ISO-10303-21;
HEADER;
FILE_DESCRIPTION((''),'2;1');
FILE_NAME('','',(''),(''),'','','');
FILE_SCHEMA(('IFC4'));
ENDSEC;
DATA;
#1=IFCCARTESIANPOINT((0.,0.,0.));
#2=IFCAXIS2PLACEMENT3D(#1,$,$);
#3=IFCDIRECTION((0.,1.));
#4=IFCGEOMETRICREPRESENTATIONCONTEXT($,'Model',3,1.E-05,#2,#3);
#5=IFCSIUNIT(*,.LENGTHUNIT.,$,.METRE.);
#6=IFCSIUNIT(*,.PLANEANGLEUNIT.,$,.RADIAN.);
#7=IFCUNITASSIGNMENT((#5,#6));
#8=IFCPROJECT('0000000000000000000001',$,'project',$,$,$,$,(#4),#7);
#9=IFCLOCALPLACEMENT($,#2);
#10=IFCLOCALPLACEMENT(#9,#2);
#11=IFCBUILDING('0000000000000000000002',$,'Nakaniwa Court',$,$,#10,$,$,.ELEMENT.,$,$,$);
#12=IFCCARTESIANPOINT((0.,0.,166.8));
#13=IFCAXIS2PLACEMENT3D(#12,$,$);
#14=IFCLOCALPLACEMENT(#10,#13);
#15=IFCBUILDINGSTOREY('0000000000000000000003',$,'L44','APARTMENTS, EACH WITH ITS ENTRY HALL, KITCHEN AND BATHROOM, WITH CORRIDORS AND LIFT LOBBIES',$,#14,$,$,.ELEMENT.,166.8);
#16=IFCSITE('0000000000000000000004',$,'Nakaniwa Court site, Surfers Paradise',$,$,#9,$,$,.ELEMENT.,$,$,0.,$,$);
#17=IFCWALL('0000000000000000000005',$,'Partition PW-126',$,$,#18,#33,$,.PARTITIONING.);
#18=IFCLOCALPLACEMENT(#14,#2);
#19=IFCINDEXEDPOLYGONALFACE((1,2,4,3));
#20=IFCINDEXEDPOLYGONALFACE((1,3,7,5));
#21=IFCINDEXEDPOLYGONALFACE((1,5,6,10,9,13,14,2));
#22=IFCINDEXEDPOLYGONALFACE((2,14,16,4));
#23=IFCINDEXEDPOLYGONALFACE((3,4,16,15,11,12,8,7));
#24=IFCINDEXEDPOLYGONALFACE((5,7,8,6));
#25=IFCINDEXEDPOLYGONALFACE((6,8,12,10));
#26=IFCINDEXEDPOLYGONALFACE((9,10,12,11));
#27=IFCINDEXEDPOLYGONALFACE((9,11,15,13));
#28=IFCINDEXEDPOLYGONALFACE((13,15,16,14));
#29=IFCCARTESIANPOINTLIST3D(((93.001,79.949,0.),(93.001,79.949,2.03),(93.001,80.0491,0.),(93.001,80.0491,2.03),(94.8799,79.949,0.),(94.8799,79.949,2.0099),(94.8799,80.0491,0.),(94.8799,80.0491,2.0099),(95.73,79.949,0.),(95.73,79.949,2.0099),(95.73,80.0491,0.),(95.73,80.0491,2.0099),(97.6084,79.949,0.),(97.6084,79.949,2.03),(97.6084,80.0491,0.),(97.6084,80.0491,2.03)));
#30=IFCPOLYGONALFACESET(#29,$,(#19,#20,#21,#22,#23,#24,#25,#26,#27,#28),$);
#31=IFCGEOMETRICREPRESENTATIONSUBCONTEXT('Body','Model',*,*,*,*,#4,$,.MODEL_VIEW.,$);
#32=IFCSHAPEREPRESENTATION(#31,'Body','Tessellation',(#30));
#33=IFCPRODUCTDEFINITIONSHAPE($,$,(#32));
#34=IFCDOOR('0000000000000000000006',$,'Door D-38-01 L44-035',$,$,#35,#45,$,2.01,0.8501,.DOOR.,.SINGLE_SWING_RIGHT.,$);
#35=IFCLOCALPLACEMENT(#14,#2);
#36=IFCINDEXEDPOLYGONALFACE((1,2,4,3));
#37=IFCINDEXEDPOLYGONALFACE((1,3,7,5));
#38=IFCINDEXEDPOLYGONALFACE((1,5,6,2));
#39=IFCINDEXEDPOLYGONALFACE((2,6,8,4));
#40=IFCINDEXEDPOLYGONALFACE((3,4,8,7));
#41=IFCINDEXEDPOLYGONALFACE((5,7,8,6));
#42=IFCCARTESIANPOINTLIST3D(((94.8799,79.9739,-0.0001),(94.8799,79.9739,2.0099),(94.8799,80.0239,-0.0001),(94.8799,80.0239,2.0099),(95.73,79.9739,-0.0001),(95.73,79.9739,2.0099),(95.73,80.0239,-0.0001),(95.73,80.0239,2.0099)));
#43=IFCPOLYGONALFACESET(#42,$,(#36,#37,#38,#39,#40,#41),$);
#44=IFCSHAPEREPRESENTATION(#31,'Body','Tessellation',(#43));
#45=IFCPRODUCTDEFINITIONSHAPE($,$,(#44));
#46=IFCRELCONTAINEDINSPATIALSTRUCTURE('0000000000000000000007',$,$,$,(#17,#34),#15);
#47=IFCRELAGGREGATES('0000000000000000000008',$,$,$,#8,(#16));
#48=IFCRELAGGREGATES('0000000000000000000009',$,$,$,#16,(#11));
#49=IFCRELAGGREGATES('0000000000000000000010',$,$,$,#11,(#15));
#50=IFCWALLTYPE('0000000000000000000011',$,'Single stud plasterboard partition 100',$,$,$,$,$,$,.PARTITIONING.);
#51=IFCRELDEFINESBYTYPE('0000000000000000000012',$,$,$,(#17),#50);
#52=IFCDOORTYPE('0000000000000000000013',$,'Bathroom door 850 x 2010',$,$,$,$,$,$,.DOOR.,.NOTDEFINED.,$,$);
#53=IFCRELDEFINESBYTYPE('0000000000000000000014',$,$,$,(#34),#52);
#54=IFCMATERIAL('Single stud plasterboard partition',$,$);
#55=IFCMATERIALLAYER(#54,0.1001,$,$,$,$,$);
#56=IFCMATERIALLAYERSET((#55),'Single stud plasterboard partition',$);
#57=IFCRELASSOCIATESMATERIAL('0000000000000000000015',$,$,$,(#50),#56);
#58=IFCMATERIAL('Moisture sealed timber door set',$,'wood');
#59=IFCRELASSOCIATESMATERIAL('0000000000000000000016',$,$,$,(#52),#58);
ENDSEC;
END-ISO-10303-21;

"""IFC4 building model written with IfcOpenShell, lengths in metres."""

from ifc_helpers import new_model, si_unit, direction, frame, frame_2d, origin, place, context, subcontext, project, spatial, rectangle, extrude, material, layer, layer_set, type_object, element, fill, save


model = new_model("IFC4")

# Units and contexts
model_context = context("Model", 3, precision=1e-05, world=origin(), true_north=direction((0.0, 1.0)))
body_context = subcontext(model_context, "Body", "Model", "MODEL_VIEW")
ifc_project = project(units=[si_unit("LENGTHUNIT", "METRE"), si_unit("PLANEANGLEUNIT", "RADIAN")], contexts=[model_context])

# Site, building, storey
site_placement = place(None, origin())
site = spatial("IfcSite", under=ifc_project, at=site_placement, Name="Nakaniwa Court site, Surfers Paradise", CompositionType="ELEMENT", RefElevation=0.0)
building_placement = place(site_placement, origin())
building = spatial("IfcBuilding", under=site, at=building_placement, Name="Nakaniwa Court", CompositionType="ELEMENT")
storey_placement = place(building_placement, frame((0.0, 0.0, 166.8)))
storey = spatial("IfcBuildingStorey", under=building, at=storey_placement, Name="L44", Description="APARTMENTS, EACH WITH ITS ENTRY HALL, KITCHEN AND BATHROOM, WITH CORRIDORS AND LIFT LOBBIES", CompositionType="ELEMENT", Elevation=166.8)

# Shared definitions
ifc_material_1 = material(Name="Single stud plasterboard partition")
ifc_layer_1 = layer(ifc_material_1, 0.1001)
ifc_layer_set_1 = layer_set([ifc_layer_1], Name="Single stud plasterboard partition")
wall_type_1 = type_object("IfcWallType", Name="Single stud plasterboard partition 100", PredefinedType="PARTITIONING", material=ifc_layer_set_1)

# Wall, opening, door
wall_1_placement = place(storey_placement, frame((93.001, 79.999, 0.0), z_axis=(0.0, 0.0, 1.0), x_axis=(1.0, 0.0, 0.0)))
wall_1 = element("IfcWall", 1, at=wall_1_placement, inside=storey, type_object=wall_type_1, Name="Partition PW-126", PredefinedType="PARTITIONING", context=body_context, shape_type="SweptSolid", body=[
    extrude(rectangle(XDim=4.6074, YDim=0.1001, at=frame_2d((2.3037, 0.0))), origin(), (0.0, 0.0, 1.0), 2.03),
])
opening_1_placement = place(wall_1_placement, frame((1.8789, 0.0, 0.0)))
opening_1 = element("IfcOpeningElement", 2, at=opening_1_placement, cuts=wall_1, PredefinedType="OPENING", context=body_context, shape_type="SweptSolid", body=[
    extrude(rectangle(XDim=0.8501, YDim=2.01, at=frame_2d((0.425, 1.0049))), frame((0.0, 0.0601, 0.0), z_axis=(0.0, -1.0, 0.0), x_axis=(1.0, 0.0, 0.0)), (0.0, 0.0, 1.0), 0.1201),
])
ifc_material_2 = material(Name="Moisture sealed timber door set", Category="wood")
door_type_1 = type_object("IfcDoorType", Name="Bathroom door 850 x 2010", OperationType="NOTDEFINED", PredefinedType="DOOR", material=ifc_material_2)
door_1_placement = place(opening_1_placement, origin())
door_1 = element("IfcDoor", 3, at=door_1_placement, inside=storey, type_object=door_type_1, Name="Door D-38-01 L44-035", OperationType="SINGLE_SWING_RIGHT", OverallHeight=2.01, OverallWidth=0.8501, PredefinedType="DOOR", context=body_context, shape_type="SweptSolid", body=[
    extrude(rectangle(XDim=0.8501, YDim=2.01, at=frame_2d((0.425, 1.0049))), frame((0.0, 0.0249, 0.0), z_axis=(0.0, -1.0, 0.0), x_axis=(1.0, 0.0, 0.0)), (0.0, 0.0, 1.0), 0.05),
])
fill(opening_1, door_1)

save(model, "model.ifc")
